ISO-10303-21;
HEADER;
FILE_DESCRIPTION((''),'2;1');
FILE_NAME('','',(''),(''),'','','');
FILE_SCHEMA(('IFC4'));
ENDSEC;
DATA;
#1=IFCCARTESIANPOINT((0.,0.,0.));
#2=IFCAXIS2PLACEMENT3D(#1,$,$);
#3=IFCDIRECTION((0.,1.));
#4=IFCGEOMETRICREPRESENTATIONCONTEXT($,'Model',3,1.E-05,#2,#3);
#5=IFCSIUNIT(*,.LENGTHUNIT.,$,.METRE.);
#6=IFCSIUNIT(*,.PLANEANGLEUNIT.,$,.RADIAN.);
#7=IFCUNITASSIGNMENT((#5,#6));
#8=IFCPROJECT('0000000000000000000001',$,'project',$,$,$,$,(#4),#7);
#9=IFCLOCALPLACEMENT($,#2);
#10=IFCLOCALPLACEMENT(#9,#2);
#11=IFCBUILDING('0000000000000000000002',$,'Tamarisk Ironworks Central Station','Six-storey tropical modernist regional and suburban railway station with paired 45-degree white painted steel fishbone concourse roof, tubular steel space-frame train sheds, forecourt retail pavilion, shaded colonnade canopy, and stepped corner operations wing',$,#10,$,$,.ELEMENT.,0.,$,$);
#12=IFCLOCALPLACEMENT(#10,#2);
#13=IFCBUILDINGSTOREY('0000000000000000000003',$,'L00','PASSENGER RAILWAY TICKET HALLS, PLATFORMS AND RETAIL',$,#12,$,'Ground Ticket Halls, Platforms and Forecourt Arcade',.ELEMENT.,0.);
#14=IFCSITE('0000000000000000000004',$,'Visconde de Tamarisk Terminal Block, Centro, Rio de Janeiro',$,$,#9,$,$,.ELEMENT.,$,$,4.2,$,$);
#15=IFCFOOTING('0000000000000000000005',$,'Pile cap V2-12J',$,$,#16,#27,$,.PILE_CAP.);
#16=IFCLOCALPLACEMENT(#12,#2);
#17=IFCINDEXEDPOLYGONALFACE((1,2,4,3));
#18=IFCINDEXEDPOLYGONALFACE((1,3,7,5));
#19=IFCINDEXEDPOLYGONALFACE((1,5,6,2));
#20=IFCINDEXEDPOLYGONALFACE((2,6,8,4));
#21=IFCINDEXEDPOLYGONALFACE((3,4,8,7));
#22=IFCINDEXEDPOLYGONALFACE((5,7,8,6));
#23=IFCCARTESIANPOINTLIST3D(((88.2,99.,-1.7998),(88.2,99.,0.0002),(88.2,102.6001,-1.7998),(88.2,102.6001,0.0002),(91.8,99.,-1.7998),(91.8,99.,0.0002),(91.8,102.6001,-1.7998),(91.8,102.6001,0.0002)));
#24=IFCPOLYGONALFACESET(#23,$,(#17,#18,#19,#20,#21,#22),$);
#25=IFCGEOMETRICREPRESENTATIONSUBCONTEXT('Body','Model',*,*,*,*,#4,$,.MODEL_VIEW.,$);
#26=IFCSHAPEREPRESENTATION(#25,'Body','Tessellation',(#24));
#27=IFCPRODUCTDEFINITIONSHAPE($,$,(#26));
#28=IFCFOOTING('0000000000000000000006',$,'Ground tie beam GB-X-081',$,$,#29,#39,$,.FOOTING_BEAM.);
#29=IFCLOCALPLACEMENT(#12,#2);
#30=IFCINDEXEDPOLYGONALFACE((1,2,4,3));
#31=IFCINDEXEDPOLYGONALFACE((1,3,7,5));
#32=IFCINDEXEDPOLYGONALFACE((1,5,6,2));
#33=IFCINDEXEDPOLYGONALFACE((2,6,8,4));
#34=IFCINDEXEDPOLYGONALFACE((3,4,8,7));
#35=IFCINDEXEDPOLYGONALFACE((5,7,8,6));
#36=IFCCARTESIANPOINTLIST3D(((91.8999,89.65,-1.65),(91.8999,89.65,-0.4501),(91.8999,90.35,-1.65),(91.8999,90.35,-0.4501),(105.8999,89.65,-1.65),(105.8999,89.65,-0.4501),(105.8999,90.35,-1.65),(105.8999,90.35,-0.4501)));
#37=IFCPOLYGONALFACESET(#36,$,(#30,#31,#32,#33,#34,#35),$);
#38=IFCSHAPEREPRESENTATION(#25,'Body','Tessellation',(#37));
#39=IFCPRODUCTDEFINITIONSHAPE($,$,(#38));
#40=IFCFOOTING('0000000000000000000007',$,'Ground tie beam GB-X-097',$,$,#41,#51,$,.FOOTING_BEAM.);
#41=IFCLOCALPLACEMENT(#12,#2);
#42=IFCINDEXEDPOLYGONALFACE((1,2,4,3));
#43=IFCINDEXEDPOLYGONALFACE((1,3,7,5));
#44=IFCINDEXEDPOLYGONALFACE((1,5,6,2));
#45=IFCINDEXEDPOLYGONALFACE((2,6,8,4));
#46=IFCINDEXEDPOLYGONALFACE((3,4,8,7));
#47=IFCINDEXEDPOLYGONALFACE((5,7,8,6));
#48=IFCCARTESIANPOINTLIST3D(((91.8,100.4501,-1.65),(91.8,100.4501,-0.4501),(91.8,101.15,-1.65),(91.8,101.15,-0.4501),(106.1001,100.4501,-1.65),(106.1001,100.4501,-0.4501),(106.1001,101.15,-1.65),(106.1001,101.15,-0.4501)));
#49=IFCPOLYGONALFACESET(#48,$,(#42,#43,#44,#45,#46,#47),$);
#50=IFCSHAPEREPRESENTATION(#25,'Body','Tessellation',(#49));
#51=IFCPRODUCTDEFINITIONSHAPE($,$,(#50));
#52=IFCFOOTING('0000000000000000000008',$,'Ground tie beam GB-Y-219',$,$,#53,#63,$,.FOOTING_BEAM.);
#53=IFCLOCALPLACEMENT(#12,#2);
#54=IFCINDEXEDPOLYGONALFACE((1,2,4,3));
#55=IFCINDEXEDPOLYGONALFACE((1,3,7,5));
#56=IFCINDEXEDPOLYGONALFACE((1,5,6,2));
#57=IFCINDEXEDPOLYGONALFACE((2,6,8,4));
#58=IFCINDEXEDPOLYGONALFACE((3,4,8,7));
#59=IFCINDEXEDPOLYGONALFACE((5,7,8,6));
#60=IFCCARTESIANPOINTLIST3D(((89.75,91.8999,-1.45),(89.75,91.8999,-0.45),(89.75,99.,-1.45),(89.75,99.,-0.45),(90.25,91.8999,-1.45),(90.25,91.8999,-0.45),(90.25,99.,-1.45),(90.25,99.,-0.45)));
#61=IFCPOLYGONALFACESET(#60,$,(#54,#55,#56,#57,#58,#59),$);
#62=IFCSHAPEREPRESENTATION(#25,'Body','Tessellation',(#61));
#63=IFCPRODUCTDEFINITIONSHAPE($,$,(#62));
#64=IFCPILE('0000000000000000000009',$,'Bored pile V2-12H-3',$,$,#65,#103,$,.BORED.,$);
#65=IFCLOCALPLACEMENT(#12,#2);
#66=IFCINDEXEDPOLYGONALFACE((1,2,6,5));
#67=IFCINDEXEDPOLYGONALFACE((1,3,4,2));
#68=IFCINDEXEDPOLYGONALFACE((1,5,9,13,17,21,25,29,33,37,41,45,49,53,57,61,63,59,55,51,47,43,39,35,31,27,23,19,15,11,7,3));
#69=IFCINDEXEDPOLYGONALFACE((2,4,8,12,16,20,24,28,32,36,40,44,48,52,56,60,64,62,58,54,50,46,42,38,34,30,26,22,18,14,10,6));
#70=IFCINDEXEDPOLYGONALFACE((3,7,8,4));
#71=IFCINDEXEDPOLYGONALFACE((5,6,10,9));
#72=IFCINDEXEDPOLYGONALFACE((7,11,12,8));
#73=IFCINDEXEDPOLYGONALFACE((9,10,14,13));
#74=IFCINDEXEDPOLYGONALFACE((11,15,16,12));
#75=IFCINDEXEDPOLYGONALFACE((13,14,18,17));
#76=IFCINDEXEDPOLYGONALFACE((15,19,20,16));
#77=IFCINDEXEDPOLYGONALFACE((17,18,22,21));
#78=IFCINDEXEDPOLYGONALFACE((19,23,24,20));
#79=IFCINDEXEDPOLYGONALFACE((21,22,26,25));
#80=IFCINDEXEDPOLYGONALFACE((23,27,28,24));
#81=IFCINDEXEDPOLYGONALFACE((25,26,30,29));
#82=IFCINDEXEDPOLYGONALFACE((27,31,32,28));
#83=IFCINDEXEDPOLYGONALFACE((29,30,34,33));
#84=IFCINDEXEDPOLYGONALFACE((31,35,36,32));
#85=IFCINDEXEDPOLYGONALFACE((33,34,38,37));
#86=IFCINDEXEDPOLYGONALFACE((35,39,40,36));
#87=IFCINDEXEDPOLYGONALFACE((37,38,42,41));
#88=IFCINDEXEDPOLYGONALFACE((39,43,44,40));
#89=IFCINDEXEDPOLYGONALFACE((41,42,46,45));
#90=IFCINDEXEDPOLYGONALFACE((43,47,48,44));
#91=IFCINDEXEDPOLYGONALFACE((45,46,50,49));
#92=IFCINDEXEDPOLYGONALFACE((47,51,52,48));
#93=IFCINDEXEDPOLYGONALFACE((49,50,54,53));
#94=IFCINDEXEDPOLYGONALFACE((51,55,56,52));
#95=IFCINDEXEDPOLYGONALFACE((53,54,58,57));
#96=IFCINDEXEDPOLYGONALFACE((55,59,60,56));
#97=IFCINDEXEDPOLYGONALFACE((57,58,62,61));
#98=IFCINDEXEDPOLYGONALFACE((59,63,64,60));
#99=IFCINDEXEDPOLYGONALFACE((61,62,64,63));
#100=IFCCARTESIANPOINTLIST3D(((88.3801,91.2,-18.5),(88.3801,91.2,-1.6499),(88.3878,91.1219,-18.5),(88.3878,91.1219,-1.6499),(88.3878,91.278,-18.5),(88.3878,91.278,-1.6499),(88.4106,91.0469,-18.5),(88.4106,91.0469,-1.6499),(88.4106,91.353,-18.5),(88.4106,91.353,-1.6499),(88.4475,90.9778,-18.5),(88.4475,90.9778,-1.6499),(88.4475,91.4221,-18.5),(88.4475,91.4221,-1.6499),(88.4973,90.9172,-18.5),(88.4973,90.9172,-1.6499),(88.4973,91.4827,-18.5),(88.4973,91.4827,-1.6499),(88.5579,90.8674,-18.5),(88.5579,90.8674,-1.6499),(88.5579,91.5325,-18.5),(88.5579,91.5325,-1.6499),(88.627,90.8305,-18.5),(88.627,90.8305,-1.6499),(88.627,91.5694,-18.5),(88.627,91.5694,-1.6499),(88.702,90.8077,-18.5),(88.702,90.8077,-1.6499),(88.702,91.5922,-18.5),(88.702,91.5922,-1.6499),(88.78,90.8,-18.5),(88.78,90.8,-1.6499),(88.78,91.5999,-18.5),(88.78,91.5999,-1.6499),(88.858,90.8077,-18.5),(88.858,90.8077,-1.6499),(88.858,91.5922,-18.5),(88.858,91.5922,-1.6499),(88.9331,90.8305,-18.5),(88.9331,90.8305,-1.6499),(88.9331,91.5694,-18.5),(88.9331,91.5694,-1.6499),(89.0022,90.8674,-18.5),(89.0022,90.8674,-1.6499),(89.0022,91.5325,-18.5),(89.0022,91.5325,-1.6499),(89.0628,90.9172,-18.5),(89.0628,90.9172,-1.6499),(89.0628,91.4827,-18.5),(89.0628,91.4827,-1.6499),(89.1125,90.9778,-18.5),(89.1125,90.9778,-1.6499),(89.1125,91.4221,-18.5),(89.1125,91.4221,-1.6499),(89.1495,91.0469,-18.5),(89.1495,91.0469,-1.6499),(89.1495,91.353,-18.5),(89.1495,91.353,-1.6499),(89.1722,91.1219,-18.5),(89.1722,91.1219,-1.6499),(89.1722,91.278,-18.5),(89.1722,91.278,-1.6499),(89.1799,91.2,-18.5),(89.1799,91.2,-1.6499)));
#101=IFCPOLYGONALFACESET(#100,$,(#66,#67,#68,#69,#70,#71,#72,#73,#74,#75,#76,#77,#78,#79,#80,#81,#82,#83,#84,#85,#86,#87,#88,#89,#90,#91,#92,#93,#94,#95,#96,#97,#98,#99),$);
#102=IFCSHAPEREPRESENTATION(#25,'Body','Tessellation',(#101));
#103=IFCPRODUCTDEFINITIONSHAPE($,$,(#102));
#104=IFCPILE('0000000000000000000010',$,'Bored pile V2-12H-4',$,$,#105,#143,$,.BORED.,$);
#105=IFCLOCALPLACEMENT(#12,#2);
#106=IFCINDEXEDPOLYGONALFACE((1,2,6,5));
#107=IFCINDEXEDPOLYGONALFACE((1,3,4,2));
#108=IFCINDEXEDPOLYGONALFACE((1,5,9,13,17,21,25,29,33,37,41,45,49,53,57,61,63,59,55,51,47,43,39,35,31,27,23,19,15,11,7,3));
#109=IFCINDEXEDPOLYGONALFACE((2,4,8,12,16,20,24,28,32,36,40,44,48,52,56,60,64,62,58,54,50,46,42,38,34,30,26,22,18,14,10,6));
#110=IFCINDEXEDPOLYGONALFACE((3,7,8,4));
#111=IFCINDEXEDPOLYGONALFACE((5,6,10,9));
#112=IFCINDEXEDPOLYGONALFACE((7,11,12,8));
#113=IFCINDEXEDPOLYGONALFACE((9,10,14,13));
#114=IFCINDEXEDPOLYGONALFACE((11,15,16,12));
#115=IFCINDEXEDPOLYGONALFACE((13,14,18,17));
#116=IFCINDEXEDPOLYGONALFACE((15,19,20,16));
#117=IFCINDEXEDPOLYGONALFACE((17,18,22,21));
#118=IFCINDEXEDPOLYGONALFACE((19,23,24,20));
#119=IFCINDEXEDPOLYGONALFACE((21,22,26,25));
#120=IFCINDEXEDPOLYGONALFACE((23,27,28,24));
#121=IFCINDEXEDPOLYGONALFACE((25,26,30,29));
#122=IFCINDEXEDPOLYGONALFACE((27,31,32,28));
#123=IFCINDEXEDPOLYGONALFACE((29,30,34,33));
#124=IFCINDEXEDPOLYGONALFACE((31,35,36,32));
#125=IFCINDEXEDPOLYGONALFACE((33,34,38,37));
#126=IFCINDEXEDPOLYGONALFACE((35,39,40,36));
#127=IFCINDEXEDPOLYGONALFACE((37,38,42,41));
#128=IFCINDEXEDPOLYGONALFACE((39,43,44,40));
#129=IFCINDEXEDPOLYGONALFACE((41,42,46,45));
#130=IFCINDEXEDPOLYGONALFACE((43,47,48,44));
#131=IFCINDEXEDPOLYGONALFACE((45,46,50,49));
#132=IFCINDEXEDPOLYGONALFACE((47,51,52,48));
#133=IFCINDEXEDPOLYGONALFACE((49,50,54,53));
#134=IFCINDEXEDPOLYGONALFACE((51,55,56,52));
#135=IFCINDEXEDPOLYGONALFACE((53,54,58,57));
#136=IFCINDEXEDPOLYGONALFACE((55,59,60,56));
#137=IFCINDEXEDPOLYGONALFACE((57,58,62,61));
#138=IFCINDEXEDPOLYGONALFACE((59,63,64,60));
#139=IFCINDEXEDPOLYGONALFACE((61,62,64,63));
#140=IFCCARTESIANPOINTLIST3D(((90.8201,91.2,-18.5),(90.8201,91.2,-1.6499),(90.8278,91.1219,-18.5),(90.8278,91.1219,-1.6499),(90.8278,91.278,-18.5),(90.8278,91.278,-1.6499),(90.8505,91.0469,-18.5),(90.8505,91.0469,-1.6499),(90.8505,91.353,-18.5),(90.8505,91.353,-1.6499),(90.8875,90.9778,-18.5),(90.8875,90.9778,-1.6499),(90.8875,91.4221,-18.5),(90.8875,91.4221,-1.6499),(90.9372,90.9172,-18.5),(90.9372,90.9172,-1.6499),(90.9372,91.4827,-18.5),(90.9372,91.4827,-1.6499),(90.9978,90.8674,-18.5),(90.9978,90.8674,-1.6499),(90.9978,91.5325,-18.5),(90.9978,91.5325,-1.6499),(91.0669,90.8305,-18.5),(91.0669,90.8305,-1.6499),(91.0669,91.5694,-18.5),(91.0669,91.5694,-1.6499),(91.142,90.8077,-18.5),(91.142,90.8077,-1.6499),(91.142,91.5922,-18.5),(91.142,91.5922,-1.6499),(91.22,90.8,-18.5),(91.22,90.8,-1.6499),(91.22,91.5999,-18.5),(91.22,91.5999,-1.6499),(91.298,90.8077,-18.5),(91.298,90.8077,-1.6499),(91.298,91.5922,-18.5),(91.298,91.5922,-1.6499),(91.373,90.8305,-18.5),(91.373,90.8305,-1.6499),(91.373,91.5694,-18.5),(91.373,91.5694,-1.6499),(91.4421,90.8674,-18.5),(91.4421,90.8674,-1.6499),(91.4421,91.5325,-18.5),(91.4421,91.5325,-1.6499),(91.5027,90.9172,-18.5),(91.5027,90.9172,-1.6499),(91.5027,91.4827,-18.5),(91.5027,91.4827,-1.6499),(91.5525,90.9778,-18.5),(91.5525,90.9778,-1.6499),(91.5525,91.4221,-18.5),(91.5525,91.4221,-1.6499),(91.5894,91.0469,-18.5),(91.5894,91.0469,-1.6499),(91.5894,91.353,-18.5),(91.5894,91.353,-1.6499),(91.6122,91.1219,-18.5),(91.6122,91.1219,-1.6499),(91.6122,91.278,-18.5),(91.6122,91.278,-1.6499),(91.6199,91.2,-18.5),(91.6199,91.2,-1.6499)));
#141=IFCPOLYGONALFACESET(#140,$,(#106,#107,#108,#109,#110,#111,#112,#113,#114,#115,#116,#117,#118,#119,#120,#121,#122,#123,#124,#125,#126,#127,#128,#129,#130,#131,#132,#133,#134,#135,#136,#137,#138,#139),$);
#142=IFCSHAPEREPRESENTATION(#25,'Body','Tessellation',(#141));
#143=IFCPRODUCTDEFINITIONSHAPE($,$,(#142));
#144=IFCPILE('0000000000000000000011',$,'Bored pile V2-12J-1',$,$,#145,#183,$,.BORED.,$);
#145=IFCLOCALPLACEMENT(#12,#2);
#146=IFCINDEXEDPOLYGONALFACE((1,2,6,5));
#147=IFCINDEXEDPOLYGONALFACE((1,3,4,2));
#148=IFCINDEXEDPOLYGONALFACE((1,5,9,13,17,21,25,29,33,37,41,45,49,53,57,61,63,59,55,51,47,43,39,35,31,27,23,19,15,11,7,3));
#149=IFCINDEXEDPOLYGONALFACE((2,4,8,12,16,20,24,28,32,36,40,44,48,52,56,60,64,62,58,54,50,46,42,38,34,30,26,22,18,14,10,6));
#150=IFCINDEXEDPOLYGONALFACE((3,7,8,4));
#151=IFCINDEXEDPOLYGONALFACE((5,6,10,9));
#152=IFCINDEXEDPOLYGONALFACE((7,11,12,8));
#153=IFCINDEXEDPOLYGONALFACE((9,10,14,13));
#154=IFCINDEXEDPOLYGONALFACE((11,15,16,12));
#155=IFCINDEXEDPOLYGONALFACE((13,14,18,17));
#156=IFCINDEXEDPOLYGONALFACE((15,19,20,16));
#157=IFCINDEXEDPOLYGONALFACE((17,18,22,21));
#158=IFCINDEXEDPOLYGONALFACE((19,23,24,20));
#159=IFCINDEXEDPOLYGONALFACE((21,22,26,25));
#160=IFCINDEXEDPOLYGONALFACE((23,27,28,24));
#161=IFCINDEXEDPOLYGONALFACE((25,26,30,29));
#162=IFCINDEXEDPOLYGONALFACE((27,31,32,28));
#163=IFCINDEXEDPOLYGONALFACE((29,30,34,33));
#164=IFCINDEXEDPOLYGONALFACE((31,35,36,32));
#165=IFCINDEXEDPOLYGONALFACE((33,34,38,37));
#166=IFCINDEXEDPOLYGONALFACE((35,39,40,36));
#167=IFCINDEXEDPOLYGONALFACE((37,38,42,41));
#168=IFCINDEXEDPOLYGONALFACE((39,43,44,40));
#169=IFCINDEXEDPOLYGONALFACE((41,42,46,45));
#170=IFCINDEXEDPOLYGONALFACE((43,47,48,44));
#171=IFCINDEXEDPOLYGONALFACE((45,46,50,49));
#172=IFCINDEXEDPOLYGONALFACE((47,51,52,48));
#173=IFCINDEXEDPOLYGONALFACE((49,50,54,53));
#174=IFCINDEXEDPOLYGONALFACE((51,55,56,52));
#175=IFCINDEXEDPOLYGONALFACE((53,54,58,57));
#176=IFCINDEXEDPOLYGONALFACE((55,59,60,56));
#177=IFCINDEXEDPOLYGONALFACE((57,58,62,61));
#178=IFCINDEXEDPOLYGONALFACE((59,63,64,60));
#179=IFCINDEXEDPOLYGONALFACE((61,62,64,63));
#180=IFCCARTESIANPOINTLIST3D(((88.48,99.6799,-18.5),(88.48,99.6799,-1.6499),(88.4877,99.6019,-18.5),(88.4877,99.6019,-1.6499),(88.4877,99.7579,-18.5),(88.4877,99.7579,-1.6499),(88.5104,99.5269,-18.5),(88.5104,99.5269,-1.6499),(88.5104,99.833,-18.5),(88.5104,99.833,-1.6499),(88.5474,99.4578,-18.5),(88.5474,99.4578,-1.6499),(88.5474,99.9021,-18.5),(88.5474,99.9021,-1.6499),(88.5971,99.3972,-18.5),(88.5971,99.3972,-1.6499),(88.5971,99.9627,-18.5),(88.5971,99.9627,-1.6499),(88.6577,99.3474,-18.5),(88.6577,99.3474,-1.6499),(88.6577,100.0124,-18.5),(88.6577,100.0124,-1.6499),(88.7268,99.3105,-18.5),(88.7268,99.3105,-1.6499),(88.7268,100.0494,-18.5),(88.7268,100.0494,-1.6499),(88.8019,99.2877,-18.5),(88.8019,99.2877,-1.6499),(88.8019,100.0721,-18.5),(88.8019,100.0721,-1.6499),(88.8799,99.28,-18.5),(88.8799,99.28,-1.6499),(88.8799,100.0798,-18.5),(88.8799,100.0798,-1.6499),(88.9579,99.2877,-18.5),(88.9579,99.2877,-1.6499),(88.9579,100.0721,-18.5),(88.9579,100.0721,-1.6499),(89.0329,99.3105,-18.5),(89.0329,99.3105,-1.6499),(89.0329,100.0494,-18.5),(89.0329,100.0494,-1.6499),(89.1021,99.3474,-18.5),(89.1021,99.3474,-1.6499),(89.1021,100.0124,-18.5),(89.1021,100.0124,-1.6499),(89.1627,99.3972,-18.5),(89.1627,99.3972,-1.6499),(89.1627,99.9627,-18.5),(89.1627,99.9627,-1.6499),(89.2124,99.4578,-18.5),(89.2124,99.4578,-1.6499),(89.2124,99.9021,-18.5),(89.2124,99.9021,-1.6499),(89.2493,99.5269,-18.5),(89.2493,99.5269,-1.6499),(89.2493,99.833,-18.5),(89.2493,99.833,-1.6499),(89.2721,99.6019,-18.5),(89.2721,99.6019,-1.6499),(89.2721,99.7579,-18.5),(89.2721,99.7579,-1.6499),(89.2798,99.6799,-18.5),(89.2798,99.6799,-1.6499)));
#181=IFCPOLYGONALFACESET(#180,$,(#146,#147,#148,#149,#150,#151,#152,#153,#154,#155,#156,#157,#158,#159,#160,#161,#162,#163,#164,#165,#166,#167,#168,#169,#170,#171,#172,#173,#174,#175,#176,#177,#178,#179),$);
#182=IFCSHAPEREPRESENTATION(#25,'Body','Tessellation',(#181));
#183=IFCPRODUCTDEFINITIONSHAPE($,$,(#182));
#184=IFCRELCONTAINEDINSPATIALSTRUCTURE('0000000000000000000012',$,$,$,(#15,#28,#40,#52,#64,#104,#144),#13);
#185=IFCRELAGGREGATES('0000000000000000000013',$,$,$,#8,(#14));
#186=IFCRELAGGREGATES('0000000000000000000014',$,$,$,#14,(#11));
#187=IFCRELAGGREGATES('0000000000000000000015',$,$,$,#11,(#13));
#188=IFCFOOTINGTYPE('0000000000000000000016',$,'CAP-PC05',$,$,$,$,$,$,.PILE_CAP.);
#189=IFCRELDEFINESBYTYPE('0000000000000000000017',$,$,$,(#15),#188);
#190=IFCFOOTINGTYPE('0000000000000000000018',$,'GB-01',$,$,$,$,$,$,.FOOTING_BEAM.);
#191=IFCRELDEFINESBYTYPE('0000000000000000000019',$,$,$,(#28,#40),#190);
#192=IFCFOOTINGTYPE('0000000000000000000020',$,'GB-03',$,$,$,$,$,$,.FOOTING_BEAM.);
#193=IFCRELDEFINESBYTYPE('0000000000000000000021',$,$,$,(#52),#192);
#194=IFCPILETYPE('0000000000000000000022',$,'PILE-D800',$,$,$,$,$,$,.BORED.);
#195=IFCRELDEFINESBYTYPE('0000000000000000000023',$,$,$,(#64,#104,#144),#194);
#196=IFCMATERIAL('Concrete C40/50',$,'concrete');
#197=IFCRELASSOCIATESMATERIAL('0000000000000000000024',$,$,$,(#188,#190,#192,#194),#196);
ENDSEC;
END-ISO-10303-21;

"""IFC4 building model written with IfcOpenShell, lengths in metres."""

from ifc_helpers import new_model, si_unit, direction, frame, origin, origin_2d, place, context, subcontext, project, spatial, rectangle, circle, extrude, material, material_profile, profile_set, type_object, element, save


model = new_model("IFC4")

# Units and contexts
model_context = context("Model", 3, precision=1e-05, world=origin(), true_north=direction((0.0, 1.0)))
body_context = subcontext(model_context, "Body", "Model", "MODEL_VIEW")
ifc_project = project(units=[si_unit("LENGTHUNIT", "METRE"), si_unit("PLANEANGLEUNIT", "RADIAN")], contexts=[model_context])

# Site, building, storey
site_placement = place(None, origin())
site = spatial("IfcSite", under=ifc_project, at=site_placement, Name="Visconde de Tamarisk Terminal Block, Centro, Rio de Janeiro", CompositionType="ELEMENT", RefElevation=4.2)
building_placement = place(site_placement, origin())
building = spatial("IfcBuilding", under=site, at=building_placement, Name="Tamarisk Ironworks Central Station", Description="Six-storey tropical modernist regional and suburban railway station with paired 45-degree white painted steel fishbone concourse roof, tubular steel space-frame train sheds, forecourt retail pavilion, shaded colonnade canopy, and stepped corner operations wing", CompositionType="ELEMENT", ElevationOfRefHeight=0.0)
storey_placement = place(building_placement, origin())
storey = spatial("IfcBuildingStorey", under=building, at=storey_placement, Name="L00", Description="PASSENGER RAILWAY TICKET HALLS, PLATFORMS AND RETAIL", LongName="Ground Ticket Halls, Platforms and Forecourt Arcade", CompositionType="ELEMENT", Elevation=0.0)

# Footings
ifc_material_1 = material(Name="Concrete C40/50", Category="concrete")
footing_type_1 = type_object("IfcFootingType", Name="CAP-PC05", PredefinedType="PILE_CAP", material=ifc_material_1)
footing_1_placement = place(storey_placement, frame((90.0, 100.8, -1.7998), z_axis=(0.0, 0.0, 1.0), x_axis=(1.0, 0.0, 0.0)))
element("IfcFooting", 1, at=footing_1_placement, inside=storey, type_object=footing_type_1, Name="Pile cap V2-12J", PredefinedType="PILE_CAP", context=body_context, shape_type="SweptSolid", body=[
    extrude(rectangle(XDim=3.6001, YDim=3.6001, at=origin_2d()), origin(), (0.0, 0.0, 1.0), 1.8),
])
ifc_material_profile_1 = material_profile(ifc_material_1, rectangle(XDim=0.7, YDim=1.2, at=origin_2d()), Name="GB01 700x1200")
ifc_profile_set_1 = profile_set([ifc_material_profile_1], Name="Concrete C40/50")
footing_type_2 = type_object("IfcFootingType", Name="GB-01", PredefinedType="FOOTING_BEAM", material=ifc_profile_set_1)
footing_2_placement = place(storey_placement, frame((91.8999, 90.0, -1.05), z_axis=(1.0, 0.0, 0.0), x_axis=(0.0, 1.0, 0.0)))
element("IfcFooting", 2, at=footing_2_placement, inside=storey, type_object=footing_type_2, Name="Ground tie beam GB-X-081", PredefinedType="FOOTING_BEAM", context=body_context, shape_type="SweptSolid", body=[
    extrude(rectangle(XDim=0.7, YDim=1.2, at=origin_2d()), origin(), (0.0, 0.0, 1.0), 14.0),
])
footing_3_placement = place(storey_placement, frame((91.8, 100.8, -1.05), z_axis=(1.0, 0.0, 0.0), x_axis=(0.0, 1.0, 0.0)))
element("IfcFooting", 3, at=footing_3_placement, inside=storey, type_object=footing_type_2, Name="Ground tie beam GB-X-097", PredefinedType="FOOTING_BEAM", context=body_context, shape_type="SweptSolid", body=[
    extrude(rectangle(XDim=0.7, YDim=1.2, at=origin_2d()), origin(), (0.0, 0.0, 1.0), 14.3),
])
ifc_material_profile_2 = material_profile(ifc_material_1, rectangle(XDim=0.5, YDim=1.0, at=origin_2d()), Name="GB03 500x1000")
ifc_profile_set_2 = profile_set([ifc_material_profile_2], Name="Concrete C40/50")
footing_type_3 = type_object("IfcFootingType", Name="GB-03", PredefinedType="FOOTING_BEAM", material=ifc_profile_set_2)
footing_4_placement = place(storey_placement, frame((90.0, 91.8999, -0.95), z_axis=(0.0, 1.0, 0.0), x_axis=(-1.0, 0.0, 0.0)))
element("IfcFooting", 4, at=footing_4_placement, inside=storey, type_object=footing_type_3, Name="Ground tie beam GB-Y-219", PredefinedType="FOOTING_BEAM", context=body_context, shape_type="SweptSolid", body=[
    extrude(rectangle(XDim=0.5, YDim=1.0, at=origin_2d()), origin(), (0.0, 0.0, 1.0), 7.1001),
])

# Piles
ifc_material_profile_3 = material_profile(ifc_material_1, circle(Radius=0.3999, at=origin_2d()), Name="BORED PILE D800")
ifc_profile_set_3 = profile_set([ifc_material_profile_3], Name="Concrete C40/50")
pile_type = type_object("IfcPileType", Name="PILE-D800", PredefinedType="BORED", material=ifc_profile_set_3)
for number, where, z_axis, x_axis, name in (
    (5, (88.78, 91.2, -1.6499), (0.0, 0.0, -1.0), (1.0, 0.0, 0.0), "Bored pile V2-12H-3"),
    (6, (91.22, 91.2, -1.6499), (0.0, 0.0, -1.0), (1.0, 0.0, 0.0), "Bored pile V2-12H-4"),
    (7, (88.8799, 99.6799, -1.6499), (0.0, 0.0, -1.0), (1.0, 0.0, 0.0), "Bored pile V2-12J-1"),
):
    element("IfcPile", number, at=place(storey_placement, frame(where, z_axis=z_axis, x_axis=x_axis)), inside=storey, type_object=pile_type, Name=name, PredefinedType="BORED", context=body_context, shape_type="SweptSolid", body=[
        extrude(circle(Radius=0.3999, at=origin_2d()), origin(), (0.0, 0.0, 1.0), 16.8501),
    ])

save(model, "model.ifc")
